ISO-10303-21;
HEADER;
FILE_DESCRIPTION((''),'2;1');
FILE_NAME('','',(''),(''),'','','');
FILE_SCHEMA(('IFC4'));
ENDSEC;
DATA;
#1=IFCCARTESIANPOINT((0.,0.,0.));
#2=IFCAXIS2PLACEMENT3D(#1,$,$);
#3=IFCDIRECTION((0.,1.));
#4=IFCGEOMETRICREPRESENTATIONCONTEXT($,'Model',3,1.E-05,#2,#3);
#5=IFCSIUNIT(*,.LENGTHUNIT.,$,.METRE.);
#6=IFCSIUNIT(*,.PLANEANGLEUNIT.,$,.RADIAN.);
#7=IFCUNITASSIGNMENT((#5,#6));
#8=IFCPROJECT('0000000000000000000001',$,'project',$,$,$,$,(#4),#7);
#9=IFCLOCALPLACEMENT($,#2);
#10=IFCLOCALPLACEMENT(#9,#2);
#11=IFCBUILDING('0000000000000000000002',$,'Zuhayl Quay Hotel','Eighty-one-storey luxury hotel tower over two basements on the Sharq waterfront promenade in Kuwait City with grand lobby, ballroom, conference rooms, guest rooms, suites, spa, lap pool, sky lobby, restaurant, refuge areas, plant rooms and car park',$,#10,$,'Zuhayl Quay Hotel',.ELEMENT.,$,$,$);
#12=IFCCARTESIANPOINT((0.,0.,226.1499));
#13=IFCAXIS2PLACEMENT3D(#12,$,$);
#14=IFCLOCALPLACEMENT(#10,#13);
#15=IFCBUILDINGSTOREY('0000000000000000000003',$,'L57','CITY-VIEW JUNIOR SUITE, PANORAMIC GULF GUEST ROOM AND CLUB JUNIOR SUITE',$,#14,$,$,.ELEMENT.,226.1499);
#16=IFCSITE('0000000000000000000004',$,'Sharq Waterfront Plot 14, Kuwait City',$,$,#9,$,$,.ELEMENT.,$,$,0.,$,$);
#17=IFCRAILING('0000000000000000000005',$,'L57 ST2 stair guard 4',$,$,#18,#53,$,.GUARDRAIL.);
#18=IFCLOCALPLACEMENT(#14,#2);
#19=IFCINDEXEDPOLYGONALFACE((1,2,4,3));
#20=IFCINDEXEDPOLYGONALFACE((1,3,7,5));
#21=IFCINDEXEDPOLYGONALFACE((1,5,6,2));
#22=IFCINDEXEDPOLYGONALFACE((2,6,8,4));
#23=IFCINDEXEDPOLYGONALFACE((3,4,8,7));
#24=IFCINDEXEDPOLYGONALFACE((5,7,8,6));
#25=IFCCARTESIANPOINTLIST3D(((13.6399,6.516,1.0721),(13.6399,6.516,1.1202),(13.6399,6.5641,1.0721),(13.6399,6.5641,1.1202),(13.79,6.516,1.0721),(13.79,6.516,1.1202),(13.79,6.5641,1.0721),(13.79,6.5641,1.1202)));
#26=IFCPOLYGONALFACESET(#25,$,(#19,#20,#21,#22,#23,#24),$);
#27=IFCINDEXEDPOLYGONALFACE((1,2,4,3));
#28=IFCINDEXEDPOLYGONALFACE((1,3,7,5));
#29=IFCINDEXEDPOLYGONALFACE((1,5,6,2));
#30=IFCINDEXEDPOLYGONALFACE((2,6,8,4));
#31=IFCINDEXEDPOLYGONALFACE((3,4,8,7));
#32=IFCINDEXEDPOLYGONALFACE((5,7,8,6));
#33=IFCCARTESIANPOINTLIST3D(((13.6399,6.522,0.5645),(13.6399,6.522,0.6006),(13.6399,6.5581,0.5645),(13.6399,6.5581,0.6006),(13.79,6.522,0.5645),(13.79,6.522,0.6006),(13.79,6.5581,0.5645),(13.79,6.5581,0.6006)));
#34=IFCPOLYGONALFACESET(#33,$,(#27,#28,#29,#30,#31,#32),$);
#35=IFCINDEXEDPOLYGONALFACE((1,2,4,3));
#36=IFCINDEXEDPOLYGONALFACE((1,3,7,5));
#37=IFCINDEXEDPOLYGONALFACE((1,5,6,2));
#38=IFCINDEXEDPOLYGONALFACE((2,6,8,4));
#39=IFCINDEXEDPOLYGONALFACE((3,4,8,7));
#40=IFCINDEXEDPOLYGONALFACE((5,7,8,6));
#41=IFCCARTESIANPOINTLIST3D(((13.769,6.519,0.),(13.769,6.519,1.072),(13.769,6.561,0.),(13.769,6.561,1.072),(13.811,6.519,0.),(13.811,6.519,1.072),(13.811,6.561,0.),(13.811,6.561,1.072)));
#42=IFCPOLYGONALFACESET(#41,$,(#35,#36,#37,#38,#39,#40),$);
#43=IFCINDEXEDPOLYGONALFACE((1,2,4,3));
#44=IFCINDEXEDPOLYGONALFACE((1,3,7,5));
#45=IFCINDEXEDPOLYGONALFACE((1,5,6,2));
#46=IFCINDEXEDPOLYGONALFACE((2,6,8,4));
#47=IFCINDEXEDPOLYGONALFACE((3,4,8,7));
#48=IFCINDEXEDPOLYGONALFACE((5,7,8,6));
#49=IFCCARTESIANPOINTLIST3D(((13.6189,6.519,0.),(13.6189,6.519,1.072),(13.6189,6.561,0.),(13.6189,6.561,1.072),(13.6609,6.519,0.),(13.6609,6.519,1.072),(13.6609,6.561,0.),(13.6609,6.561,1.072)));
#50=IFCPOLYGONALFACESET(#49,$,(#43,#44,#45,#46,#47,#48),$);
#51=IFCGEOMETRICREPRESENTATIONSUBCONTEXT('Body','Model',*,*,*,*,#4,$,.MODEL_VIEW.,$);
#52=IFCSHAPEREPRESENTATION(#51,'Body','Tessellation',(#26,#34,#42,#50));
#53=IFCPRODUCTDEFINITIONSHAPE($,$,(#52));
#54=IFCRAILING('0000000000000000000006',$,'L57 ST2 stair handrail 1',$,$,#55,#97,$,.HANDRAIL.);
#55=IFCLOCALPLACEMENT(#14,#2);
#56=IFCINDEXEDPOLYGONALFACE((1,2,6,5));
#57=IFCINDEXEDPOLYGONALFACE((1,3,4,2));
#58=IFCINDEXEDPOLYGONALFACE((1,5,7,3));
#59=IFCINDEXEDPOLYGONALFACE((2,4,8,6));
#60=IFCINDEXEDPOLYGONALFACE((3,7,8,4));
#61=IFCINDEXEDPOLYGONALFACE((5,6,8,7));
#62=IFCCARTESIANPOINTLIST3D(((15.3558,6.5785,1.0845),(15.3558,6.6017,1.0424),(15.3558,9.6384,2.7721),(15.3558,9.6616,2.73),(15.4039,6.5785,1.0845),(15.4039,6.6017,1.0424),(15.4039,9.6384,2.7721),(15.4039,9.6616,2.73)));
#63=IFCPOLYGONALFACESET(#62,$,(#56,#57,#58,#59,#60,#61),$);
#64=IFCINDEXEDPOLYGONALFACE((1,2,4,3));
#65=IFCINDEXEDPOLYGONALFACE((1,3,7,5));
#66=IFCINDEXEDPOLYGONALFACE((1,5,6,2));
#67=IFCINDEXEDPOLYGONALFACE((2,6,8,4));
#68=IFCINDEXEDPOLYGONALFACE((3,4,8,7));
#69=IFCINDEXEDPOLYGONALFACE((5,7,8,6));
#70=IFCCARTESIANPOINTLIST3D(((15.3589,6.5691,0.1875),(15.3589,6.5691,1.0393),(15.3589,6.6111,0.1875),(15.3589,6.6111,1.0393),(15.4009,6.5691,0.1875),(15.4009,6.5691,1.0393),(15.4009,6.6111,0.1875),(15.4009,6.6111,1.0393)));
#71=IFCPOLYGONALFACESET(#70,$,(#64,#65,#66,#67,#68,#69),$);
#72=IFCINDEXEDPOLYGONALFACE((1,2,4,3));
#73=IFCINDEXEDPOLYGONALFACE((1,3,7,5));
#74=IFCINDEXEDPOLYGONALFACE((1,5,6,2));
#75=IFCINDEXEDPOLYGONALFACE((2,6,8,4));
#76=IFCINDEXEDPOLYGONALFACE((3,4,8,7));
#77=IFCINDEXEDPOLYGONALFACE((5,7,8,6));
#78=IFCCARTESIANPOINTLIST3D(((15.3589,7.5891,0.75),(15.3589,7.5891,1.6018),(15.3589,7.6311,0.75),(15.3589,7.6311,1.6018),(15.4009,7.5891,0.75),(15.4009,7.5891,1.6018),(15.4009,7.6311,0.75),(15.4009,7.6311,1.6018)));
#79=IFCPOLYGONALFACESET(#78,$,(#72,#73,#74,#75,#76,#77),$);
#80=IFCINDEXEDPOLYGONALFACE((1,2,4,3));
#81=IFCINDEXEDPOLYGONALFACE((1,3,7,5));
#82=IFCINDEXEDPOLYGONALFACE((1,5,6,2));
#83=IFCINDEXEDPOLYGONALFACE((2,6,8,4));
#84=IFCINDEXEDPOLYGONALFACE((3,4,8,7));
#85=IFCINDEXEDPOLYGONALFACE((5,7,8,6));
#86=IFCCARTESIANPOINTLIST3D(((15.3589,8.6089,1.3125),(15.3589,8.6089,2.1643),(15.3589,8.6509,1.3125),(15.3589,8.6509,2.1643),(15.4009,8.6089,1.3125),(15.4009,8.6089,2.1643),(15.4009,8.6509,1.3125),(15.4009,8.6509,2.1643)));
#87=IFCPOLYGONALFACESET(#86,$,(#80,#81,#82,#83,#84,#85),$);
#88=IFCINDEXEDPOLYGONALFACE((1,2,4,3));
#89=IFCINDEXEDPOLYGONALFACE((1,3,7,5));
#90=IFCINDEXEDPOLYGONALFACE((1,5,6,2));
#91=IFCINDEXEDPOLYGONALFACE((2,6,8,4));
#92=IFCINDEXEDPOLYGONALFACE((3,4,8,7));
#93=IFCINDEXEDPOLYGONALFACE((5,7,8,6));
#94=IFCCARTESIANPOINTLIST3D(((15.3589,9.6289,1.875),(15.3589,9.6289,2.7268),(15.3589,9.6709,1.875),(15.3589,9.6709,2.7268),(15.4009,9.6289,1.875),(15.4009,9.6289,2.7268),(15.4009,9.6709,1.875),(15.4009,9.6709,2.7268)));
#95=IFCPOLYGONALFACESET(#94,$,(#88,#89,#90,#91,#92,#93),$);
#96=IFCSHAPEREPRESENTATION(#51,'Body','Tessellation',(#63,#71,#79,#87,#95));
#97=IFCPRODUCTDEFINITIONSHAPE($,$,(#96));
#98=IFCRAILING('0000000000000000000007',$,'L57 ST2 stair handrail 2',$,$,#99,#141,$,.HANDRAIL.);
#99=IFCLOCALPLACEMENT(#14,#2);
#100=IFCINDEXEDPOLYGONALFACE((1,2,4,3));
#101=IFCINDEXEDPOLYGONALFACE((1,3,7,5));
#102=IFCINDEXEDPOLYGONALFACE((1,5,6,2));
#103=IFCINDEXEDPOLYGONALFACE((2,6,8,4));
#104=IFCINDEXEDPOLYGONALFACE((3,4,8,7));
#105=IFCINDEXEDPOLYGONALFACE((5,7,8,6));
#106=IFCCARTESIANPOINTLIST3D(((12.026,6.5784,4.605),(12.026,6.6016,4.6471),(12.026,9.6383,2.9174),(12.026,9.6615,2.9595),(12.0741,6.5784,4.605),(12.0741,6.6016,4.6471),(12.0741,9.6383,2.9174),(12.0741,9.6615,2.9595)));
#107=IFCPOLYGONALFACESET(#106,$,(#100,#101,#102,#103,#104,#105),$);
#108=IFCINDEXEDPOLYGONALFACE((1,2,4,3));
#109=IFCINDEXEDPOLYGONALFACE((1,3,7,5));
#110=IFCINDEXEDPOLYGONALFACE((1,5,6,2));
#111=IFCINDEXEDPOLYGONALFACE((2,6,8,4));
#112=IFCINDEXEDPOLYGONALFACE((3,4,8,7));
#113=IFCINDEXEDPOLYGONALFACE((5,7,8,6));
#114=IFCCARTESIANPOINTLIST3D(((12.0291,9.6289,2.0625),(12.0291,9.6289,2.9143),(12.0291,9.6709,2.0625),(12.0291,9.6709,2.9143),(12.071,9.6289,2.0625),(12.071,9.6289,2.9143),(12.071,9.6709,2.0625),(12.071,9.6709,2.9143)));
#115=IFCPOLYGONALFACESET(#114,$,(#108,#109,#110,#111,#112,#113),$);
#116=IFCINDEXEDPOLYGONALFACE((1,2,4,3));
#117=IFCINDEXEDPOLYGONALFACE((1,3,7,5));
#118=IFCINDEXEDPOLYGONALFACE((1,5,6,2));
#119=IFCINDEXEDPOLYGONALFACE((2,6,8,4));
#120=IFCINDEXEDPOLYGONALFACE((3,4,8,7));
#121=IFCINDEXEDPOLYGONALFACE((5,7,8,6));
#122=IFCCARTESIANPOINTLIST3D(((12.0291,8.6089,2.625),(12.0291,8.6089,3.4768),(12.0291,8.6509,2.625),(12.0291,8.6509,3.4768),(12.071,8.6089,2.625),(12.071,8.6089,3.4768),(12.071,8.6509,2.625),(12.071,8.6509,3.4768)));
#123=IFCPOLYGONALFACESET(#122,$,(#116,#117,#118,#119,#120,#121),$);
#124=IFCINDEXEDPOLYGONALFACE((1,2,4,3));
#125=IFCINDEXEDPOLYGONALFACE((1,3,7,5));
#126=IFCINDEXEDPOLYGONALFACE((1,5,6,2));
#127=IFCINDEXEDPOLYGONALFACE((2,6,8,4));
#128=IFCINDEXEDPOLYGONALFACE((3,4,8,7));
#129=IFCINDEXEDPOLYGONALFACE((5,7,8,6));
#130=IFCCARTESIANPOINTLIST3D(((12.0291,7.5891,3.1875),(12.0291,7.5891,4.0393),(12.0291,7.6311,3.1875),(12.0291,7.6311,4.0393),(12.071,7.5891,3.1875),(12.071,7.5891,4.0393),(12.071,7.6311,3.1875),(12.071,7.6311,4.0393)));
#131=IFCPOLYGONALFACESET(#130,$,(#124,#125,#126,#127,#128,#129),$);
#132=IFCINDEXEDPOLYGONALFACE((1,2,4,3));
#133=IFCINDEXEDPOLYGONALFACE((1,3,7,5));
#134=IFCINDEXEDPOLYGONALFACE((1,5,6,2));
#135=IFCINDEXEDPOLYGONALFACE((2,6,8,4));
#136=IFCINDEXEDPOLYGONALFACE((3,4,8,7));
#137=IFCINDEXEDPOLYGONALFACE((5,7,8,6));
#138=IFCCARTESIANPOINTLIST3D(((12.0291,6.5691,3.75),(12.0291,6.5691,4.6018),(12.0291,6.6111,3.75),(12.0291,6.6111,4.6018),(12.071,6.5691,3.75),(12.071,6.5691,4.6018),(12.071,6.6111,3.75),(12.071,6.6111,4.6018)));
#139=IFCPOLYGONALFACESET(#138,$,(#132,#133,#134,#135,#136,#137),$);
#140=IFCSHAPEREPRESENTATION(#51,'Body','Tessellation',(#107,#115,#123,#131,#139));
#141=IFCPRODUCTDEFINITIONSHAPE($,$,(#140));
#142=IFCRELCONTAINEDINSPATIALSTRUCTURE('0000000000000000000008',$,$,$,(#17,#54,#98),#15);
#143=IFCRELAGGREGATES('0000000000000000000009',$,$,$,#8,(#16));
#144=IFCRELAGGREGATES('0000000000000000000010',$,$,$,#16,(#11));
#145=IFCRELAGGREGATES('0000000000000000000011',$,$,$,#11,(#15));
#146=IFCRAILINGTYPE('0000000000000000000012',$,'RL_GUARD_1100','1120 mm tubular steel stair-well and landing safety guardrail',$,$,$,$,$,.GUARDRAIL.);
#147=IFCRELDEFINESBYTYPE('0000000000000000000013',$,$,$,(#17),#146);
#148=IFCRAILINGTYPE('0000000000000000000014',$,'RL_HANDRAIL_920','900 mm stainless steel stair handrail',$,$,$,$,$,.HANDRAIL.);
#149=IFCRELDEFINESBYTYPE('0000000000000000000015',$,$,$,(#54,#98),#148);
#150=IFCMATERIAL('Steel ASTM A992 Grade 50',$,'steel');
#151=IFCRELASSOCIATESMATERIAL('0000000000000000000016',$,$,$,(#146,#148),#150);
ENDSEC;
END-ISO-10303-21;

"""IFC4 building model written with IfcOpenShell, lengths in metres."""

from ifc_helpers import new_model, si_unit, direction, frame, origin, origin_2d, place, context, subcontext, project, spatial, rectangle, extrude, material, type_object, element, save


model = new_model("IFC4")

# Units and contexts
model_context = context("Model", 3, precision=1e-05, world=origin(), true_north=direction((0.0, 1.0)))
body_context = subcontext(model_context, "Body", "Model", "MODEL_VIEW")
ifc_project = project(units=[si_unit("LENGTHUNIT", "METRE"), si_unit("PLANEANGLEUNIT", "RADIAN")], contexts=[model_context])

# Site, building, storey
site_placement = place(None, origin())
site = spatial("IfcSite", under=ifc_project, at=site_placement, Name="Sharq Waterfront Plot 14, Kuwait City", CompositionType="ELEMENT", RefElevation=0.0)
building_placement = place(site_placement, origin())
building = spatial("IfcBuilding", under=site, at=building_placement, Name="Zuhayl Quay Hotel", Description="Eighty-one-storey luxury hotel tower over two basements on the Sharq waterfront promenade in Kuwait City with grand lobby, ballroom, conference rooms, guest rooms, suites, spa, lap pool, sky lobby, restaurant, refuge areas, plant rooms and car park", LongName="Zuhayl Quay Hotel", CompositionType="ELEMENT")
storey_placement = place(building_placement, frame((0.0, 0.0, 226.1499)))
storey = spatial("IfcBuildingStorey", under=building, at=storey_placement, Name="L57", Description="CITY-VIEW JUNIOR SUITE, PANORAMIC GULF GUEST ROOM AND CLUB JUNIOR SUITE", CompositionType="ELEMENT", Elevation=226.1499)

# Railings
ifc_material_1 = material(Name="Steel ASTM A992 Grade 50", Category="steel")
railing_type_1 = type_object("IfcRailingType", Name="RL_GUARD_1100", Description="1120 mm tubular steel stair-well and landing safety guardrail", PredefinedType="GUARDRAIL", material=ifc_material_1)
railing_1_placement = place(storey_placement, frame((13.79, 6.54, 0.0)))
element("IfcRailing", 1, at=railing_1_placement, inside=storey, type_object=railing_type_1, Name="L57 ST2 stair guard 4", PredefinedType="GUARDRAIL", context=body_context, shape_type="SweptSolid", body=[
    extrude(rectangle(XDim=0.0481, YDim=0.0481, at=origin_2d()), frame((0.0, 0.0, 1.0962), z_axis=(-1.0, 0.0, 0.0), x_axis=(0.0, -1.0, 0.0)), (0.0, 0.0, 1.0), 0.1501),
    extrude(rectangle(XDim=0.0361, YDim=0.0361, at=origin_2d()), frame((0.0, 0.0, 0.5825), z_axis=(-1.0, 0.0, 0.0), x_axis=(0.0, -1.0, 0.0)), (0.0, 0.0, 1.0), 0.1501),
    extrude(rectangle(XDim=0.042, YDim=0.042, at=origin_2d()), origin(), (0.0, 0.0, 1.0), 1.072),
    extrude(rectangle(XDim=0.042, YDim=0.042, at=origin_2d()), frame((-0.1501, 0.0, 0.0)), (0.0, 0.0, 1.0), 1.072),
])
railing_type_2 = type_object("IfcRailingType", Name="RL_HANDRAIL_920", Description="900 mm stainless steel stair handrail", PredefinedType="HANDRAIL", material=ifc_material_1)
railing_2_placement = place(storey_placement, frame((15.3799, 6.5901, 0.1875)))
element("IfcRailing", 2, at=railing_2_placement, inside=storey, type_object=railing_type_2, Name="L57 ST2 stair handrail 1", PredefinedType="HANDRAIL", context=body_context, shape_type="SweptSolid", body=[
    extrude(rectangle(XDim=0.0481, YDim=0.0481, at=origin_2d()), frame((0.0, 0.0, 0.876), z_axis=(0.0, 0.875659, 0.48293), x_axis=(-1.0, 0.0, 0.0)), (0.0, 0.0, 1.0), 3.4944),
    extrude(rectangle(XDim=0.042, YDim=0.042, at=origin_2d()), origin(), (0.0, 0.0, 1.0), 0.8518),
    extrude(rectangle(XDim=0.042, YDim=0.042, at=origin_2d()), frame((0.0, 1.02, 0.5625)), (0.0, 0.0, 1.0), 0.8518),
    extrude(rectangle(XDim=0.042, YDim=0.042, at=origin_2d()), frame((0.0, 2.0398, 1.125)), (0.0, 0.0, 1.0), 0.8518),
    extrude(rectangle(XDim=0.042, YDim=0.042, at=origin_2d()), frame((0.0, 3.0598, 1.6875)), (0.0, 0.0, 1.0), 0.8518),
])
railing_3_placement = place(storey_placement, frame((12.05, 9.6499, 2.0625)))
element("IfcRailing", 3, at=railing_3_placement, inside=storey, type_object=railing_type_2, Name="L57 ST2 stair handrail 2", PredefinedType="HANDRAIL", context=body_context, shape_type="SweptSolid", body=[
    extrude(rectangle(XDim=0.0481, YDim=0.0481, at=origin_2d()), frame((0.0, 0.0, 0.876), z_axis=(0.0, -0.875659, 0.48293), x_axis=(1.0, 0.0, 0.0)), (0.0, 0.0, 1.0), 3.4944),
    extrude(rectangle(XDim=0.042, YDim=0.042, at=origin_2d()), origin(), (0.0, 0.0, 1.0), 0.8518),
    extrude(rectangle(XDim=0.042, YDim=0.042, at=origin_2d()), frame((0.0, -1.02, 0.5625)), (0.0, 0.0, 1.0), 0.8518),
    extrude(rectangle(XDim=0.042, YDim=0.042, at=origin_2d()), frame((0.0, -2.0398, 1.125)), (0.0, 0.0, 1.0), 0.8518),
    extrude(rectangle(XDim=0.042, YDim=0.042, at=origin_2d()), frame((0.0, -3.0598, 1.6875)), (0.0, 0.0, 1.0), 0.8518),
])

save(model, "model.ifc")
